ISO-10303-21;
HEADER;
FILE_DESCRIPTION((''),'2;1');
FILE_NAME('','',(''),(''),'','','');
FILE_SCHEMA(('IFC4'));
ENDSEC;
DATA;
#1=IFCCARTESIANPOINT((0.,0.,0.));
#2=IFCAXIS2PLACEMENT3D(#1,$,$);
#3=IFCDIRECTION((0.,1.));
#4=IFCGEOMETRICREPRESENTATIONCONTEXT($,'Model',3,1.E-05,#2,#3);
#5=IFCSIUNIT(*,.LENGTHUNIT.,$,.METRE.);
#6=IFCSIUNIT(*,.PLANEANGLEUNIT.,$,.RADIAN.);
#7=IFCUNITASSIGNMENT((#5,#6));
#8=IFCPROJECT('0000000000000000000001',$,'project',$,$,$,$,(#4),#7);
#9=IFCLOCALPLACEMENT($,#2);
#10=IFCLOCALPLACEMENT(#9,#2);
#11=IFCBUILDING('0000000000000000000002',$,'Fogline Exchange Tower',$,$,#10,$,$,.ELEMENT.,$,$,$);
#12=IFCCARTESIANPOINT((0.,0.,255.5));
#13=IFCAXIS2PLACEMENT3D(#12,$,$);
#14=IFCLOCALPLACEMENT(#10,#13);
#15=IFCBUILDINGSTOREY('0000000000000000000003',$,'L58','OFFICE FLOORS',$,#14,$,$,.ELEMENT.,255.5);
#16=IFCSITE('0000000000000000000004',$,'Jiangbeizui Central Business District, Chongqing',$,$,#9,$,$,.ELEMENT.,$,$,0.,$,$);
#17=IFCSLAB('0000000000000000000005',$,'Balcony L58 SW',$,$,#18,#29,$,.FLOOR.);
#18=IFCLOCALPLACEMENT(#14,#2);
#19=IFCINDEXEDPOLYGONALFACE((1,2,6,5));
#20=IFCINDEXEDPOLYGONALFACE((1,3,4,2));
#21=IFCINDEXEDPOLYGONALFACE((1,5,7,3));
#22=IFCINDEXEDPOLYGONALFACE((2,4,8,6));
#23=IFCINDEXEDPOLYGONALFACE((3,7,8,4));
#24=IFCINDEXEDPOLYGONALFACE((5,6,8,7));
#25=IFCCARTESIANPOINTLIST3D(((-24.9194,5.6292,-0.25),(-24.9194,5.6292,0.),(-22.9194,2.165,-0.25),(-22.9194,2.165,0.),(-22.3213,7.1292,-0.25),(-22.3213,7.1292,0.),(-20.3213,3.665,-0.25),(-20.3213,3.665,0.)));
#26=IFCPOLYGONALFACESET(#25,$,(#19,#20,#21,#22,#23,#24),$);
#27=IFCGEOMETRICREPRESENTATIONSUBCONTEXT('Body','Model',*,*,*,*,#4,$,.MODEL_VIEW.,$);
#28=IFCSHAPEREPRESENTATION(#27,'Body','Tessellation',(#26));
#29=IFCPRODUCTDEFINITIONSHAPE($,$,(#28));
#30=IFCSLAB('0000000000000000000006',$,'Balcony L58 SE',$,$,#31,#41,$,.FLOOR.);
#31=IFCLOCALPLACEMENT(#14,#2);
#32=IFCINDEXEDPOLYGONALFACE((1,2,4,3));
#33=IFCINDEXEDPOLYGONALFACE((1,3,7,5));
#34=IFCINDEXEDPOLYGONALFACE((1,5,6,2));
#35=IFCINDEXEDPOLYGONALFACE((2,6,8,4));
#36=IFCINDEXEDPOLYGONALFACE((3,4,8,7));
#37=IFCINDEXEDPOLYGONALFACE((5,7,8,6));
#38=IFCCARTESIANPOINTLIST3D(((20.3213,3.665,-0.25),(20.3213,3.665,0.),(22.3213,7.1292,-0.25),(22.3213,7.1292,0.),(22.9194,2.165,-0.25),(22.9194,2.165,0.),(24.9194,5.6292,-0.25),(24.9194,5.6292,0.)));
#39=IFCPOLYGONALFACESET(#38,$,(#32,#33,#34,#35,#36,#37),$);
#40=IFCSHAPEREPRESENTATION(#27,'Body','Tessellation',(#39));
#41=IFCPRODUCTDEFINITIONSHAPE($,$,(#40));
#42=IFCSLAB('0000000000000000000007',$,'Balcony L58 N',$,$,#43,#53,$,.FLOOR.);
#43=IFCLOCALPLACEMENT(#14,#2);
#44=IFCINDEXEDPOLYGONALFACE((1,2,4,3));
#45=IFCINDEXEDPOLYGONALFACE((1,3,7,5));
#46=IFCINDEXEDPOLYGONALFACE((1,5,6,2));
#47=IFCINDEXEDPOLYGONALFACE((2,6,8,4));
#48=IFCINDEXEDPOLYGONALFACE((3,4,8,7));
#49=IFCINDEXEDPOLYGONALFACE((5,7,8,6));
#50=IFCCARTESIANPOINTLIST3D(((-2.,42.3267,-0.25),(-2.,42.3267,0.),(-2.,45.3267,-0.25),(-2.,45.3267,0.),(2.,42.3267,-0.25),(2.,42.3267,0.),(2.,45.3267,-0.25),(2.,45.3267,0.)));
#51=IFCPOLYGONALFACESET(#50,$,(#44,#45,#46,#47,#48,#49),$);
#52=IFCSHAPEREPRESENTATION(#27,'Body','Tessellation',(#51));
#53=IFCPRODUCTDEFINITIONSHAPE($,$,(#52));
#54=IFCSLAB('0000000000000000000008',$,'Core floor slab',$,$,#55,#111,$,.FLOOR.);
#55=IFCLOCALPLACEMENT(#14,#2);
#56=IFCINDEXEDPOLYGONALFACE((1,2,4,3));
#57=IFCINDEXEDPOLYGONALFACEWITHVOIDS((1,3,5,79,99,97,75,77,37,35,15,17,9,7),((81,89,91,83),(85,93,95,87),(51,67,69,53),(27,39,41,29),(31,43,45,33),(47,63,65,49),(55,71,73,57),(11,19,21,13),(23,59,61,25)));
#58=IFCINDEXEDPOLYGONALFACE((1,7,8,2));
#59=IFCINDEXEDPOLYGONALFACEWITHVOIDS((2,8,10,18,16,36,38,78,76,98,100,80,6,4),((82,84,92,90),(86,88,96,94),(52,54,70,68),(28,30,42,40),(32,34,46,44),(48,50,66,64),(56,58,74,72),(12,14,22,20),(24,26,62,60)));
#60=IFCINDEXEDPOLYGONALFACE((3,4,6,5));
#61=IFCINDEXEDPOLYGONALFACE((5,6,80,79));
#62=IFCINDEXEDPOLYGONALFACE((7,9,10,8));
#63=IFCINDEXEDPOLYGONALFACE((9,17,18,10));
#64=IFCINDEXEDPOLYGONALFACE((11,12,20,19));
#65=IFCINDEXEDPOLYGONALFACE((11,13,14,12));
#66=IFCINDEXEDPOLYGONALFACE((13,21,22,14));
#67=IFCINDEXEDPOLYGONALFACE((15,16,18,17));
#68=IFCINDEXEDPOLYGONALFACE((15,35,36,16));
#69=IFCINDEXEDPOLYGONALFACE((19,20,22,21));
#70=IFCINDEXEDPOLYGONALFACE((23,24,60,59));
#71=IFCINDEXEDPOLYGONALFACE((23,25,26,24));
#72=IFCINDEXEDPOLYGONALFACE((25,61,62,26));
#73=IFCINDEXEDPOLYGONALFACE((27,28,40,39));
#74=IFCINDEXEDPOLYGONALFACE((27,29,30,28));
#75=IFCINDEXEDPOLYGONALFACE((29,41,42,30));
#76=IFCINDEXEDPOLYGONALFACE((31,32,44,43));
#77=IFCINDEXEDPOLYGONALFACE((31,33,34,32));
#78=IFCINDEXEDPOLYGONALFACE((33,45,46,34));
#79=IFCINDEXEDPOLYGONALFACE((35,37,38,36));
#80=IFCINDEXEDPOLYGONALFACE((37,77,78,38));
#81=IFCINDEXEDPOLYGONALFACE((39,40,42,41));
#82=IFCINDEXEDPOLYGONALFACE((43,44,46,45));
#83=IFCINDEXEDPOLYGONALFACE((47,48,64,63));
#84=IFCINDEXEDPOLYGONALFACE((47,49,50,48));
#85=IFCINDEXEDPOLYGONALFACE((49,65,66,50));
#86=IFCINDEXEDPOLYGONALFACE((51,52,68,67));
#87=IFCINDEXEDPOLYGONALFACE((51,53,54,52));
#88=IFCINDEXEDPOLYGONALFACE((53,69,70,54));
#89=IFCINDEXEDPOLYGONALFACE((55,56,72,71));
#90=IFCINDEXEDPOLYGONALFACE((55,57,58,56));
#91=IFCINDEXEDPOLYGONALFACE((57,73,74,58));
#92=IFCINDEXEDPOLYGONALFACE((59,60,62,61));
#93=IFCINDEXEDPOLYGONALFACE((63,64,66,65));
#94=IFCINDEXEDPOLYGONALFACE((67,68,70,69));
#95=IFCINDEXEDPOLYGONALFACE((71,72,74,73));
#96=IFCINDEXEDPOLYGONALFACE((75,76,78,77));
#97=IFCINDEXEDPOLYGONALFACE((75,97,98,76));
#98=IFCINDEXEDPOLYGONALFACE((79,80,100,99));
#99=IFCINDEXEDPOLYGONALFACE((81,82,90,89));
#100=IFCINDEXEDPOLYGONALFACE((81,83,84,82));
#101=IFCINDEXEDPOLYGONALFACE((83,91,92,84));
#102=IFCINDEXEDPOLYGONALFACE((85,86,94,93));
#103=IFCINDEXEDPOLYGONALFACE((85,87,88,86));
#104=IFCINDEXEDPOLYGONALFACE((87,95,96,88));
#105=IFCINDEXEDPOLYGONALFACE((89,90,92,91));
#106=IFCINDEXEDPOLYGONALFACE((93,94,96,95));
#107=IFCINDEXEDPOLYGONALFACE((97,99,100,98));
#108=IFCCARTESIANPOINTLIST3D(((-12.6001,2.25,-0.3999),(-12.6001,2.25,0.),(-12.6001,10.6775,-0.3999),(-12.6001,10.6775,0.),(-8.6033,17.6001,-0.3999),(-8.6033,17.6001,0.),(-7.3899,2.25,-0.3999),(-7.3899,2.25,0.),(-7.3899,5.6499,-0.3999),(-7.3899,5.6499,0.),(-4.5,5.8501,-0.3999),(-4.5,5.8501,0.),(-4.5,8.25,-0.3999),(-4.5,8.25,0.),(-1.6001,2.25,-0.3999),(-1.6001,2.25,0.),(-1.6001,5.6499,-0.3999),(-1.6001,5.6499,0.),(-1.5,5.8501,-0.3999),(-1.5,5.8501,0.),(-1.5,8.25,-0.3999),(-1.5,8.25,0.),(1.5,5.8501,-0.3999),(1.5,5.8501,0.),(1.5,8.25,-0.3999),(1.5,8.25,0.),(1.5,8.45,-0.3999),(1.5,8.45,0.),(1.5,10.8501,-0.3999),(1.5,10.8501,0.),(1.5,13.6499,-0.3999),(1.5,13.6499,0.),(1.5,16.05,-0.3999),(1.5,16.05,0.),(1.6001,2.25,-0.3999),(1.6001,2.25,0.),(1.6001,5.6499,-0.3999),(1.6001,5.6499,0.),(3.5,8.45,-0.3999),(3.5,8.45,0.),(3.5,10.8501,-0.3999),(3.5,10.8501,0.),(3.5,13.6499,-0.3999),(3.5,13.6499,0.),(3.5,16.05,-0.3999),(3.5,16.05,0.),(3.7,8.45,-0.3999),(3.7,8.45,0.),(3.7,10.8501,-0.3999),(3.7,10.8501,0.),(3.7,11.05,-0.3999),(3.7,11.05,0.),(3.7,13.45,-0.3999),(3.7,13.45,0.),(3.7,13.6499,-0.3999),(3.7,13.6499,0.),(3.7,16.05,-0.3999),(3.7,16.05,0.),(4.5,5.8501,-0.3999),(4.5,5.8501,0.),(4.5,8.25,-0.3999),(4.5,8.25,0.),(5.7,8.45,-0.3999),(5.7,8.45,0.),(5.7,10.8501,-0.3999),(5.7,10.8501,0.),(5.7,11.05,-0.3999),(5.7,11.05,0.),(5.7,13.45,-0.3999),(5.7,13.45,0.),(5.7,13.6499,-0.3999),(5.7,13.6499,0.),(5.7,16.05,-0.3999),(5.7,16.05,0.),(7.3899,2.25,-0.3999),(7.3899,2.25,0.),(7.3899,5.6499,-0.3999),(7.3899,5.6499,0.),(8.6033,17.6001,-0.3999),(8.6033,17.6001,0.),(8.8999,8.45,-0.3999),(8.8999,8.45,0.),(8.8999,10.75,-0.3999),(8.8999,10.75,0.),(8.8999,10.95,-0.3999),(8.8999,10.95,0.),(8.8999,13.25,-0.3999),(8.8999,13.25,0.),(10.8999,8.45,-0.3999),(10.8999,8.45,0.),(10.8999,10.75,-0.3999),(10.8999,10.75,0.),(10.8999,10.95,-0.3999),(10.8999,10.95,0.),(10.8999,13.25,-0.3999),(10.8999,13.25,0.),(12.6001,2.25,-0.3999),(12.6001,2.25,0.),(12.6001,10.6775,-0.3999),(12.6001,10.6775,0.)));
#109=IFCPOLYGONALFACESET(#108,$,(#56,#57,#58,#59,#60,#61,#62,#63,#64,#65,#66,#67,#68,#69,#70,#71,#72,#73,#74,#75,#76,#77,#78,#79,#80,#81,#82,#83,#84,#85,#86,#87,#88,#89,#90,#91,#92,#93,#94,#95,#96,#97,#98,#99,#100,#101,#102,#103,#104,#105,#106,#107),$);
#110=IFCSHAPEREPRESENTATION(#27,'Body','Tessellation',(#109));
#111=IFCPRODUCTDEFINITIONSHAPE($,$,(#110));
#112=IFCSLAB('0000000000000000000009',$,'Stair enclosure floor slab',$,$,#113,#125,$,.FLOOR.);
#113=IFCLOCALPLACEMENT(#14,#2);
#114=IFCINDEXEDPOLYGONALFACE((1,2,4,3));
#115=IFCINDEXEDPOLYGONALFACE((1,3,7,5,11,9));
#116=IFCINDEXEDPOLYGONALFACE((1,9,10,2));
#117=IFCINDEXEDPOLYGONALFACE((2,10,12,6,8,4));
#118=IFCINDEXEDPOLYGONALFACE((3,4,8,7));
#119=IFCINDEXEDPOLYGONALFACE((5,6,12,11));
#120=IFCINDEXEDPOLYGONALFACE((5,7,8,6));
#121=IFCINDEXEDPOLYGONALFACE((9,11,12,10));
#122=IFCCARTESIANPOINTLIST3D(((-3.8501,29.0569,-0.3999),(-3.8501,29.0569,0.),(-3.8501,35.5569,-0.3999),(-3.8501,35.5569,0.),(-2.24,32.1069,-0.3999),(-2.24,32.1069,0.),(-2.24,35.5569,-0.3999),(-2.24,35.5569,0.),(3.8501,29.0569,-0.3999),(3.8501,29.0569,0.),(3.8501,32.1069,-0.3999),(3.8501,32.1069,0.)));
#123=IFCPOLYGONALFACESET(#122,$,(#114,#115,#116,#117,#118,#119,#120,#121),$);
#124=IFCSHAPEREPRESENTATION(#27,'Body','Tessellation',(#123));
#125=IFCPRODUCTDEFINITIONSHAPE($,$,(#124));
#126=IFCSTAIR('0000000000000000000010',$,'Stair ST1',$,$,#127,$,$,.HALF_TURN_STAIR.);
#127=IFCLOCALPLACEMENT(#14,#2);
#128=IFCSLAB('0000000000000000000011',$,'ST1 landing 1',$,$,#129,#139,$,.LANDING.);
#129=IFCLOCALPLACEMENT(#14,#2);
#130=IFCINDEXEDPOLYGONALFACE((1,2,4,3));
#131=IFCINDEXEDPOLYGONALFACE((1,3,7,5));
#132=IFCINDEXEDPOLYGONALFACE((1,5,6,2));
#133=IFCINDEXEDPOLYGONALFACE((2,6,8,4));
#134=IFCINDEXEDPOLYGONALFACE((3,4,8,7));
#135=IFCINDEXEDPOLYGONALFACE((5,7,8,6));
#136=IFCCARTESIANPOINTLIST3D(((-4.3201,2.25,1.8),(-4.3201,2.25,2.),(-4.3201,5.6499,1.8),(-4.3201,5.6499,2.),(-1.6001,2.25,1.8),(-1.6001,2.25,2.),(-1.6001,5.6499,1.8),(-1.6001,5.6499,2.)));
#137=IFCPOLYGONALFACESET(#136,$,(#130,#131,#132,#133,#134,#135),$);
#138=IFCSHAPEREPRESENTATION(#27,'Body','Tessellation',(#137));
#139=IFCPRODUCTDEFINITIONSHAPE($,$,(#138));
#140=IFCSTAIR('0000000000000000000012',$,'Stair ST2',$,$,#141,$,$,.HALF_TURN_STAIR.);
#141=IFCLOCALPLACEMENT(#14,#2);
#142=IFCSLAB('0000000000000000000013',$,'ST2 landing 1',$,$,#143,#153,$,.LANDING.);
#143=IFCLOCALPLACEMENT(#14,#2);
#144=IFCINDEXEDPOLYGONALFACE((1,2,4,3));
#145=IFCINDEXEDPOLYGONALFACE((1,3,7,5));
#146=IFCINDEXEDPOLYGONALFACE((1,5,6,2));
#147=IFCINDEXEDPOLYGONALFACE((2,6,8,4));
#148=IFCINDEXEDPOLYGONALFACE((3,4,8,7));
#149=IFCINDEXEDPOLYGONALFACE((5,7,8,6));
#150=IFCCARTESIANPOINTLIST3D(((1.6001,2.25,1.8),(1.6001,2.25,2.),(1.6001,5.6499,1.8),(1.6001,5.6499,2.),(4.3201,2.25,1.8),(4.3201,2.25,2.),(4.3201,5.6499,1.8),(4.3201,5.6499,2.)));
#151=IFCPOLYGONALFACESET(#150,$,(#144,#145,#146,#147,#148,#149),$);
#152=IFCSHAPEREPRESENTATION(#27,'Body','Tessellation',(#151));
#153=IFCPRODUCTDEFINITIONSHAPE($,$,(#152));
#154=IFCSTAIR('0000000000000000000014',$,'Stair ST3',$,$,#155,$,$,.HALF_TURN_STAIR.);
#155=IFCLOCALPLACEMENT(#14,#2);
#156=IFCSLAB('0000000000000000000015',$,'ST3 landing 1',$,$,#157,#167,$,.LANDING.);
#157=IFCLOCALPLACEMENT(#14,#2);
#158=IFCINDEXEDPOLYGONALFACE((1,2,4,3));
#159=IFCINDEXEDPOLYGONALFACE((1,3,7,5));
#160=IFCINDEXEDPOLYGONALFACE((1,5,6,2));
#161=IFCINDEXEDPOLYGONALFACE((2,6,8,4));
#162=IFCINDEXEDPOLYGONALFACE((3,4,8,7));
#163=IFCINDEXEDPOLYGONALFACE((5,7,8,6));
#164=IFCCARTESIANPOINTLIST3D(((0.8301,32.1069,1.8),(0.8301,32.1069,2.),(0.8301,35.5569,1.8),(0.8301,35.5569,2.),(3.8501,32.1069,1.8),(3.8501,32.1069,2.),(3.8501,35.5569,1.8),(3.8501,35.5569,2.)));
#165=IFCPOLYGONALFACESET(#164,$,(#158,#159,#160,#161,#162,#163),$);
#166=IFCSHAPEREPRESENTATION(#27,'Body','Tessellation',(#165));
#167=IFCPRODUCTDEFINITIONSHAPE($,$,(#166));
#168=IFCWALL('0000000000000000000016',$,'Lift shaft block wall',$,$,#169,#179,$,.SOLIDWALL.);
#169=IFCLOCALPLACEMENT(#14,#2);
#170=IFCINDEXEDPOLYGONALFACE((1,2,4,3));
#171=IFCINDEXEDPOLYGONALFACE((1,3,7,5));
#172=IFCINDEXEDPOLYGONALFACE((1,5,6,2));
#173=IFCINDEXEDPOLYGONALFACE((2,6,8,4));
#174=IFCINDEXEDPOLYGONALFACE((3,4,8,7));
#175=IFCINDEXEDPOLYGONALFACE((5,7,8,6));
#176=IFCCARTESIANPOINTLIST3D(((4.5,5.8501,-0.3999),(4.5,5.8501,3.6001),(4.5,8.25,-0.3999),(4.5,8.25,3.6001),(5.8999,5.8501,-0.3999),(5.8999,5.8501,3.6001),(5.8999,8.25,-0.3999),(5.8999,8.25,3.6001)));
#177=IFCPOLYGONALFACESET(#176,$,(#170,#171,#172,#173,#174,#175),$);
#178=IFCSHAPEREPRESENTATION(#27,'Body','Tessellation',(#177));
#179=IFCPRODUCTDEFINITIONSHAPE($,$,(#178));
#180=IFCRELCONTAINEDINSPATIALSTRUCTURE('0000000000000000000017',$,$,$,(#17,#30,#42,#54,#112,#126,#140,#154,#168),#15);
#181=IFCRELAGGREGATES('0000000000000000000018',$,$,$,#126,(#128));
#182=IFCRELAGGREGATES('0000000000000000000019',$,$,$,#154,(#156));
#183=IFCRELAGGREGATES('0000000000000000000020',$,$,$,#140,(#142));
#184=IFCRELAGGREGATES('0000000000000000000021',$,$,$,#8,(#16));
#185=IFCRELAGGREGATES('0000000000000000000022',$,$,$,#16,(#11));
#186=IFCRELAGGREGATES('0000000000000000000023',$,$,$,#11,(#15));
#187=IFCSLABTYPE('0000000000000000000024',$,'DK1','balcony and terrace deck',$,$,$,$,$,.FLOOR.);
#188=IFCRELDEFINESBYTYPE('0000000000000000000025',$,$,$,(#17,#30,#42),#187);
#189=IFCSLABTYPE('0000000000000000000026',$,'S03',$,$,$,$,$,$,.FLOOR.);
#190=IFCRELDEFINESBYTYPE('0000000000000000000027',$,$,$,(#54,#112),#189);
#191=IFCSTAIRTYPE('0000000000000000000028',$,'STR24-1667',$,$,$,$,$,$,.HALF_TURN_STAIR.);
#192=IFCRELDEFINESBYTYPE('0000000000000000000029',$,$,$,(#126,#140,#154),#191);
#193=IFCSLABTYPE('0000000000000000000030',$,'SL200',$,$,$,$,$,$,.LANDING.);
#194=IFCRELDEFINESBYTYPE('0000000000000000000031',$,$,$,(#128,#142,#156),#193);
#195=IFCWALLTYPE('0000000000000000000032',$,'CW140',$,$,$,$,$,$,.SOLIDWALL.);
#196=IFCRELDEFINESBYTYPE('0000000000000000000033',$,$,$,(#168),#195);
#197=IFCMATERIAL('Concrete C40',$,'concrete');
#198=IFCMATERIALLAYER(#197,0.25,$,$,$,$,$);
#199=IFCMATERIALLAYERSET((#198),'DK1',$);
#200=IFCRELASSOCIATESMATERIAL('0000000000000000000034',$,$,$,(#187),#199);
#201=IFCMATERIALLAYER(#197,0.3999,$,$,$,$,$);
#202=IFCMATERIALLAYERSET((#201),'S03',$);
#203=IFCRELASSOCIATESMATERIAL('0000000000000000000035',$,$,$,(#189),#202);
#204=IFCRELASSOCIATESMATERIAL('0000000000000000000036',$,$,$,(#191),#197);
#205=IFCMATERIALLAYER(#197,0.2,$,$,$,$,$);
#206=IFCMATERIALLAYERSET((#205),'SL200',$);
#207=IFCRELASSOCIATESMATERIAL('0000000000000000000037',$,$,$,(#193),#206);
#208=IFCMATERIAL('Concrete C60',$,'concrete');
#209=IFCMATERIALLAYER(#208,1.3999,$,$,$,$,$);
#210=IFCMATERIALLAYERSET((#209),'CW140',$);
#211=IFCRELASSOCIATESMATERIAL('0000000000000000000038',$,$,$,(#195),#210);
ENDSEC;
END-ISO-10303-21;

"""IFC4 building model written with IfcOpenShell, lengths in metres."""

from ifc_helpers import new_model, si_unit, direction, frame, frame_2d, origin, place, context, subcontext, project, spatial, polyline, rectangle, outline, extrude, material, layer, layer_set, type_object, element, aggregate, save


model = new_model("IFC4")

# Units and contexts
model_context = context("Model", 3, precision=1e-05, world=origin(), true_north=direction((0.0, 1.0)))
body_context = subcontext(model_context, "Body", "Model", "MODEL_VIEW")
ifc_project = project(units=[si_unit("LENGTHUNIT", "METRE"), si_unit("PLANEANGLEUNIT", "RADIAN")], contexts=[model_context])

# Site, building, storey
site_placement = place(None, origin())
site = spatial("IfcSite", under=ifc_project, at=site_placement, Name="Jiangbeizui Central Business District, Chongqing", CompositionType="ELEMENT", RefElevation=0.0)
building_placement = place(site_placement, origin())
building = spatial("IfcBuilding", under=site, at=building_placement, Name="Fogline Exchange Tower", CompositionType="ELEMENT")
storey_placement = place(building_placement, frame((0.0, 0.0, 255.5)))
storey = spatial("IfcBuildingStorey", under=building, at=storey_placement, Name="L58", Description="OFFICE FLOORS", CompositionType="ELEMENT", Elevation=255.5)

# Slabs
ifc_material_1 = material(Name="Concrete C40", Category="concrete")
ifc_layer_1 = layer(ifc_material_1, 0.25)
ifc_layer_set_1 = layer_set([ifc_layer_1], Name="DK1")
slab_type_1 = type_object("IfcSlabType", Name="DK1", Description="balcony and terrace deck", PredefinedType="FLOOR", material=ifc_layer_set_1)
slab_1_placement = place(storey_placement, frame((0.0, 0.0, -0.25)))
element("IfcSlab", 1, at=slab_1_placement, inside=storey, type_object=slab_type_1, Name="Balcony L58 SW", PredefinedType="FLOOR", context=body_context, shape_type="SweptSolid", body=[
    extrude(outline(polyline([(-24.9194, 5.6292), (-22.9194, 2.165), (-20.3213, 3.665), (-22.3213, 7.1292), (-24.9194, 5.6292)])), origin(), (0.0, 0.0, 1.0), 0.25),
])
slab_2_placement = place(storey_placement, frame((0.0, 0.0, -0.25)))
element("IfcSlab", 2, at=slab_2_placement, inside=storey, type_object=slab_type_1, Name="Balcony L58 SE", PredefinedType="FLOOR", context=body_context, shape_type="SweptSolid", body=[
    extrude(outline(polyline([(22.9194, 2.165), (24.9194, 5.6292), (22.3213, 7.1292), (20.3213, 3.665), (22.9194, 2.165)])), origin(), (0.0, 0.0, 1.0), 0.25),
])
slab_3_placement = place(storey_placement, frame((0.0, 0.0, -0.25)))
element("IfcSlab", 3, at=slab_3_placement, inside=storey, type_object=slab_type_1, Name="Balcony L58 N", PredefinedType="FLOOR", context=body_context, shape_type="SweptSolid", body=[
    extrude(outline(polyline([(2.0, 45.3267), (-2.0, 45.3267), (-2.0, 42.3267), (2.0, 42.3267), (2.0, 45.3267)])), origin(), (0.0, 0.0, 1.0), 0.25),
])
ifc_layer_2 = layer(ifc_material_1, 0.3999)
ifc_layer_set_2 = layer_set([ifc_layer_2], Name="S03")
slab_type_2 = type_object("IfcSlabType", Name="S03", PredefinedType="FLOOR", material=ifc_layer_set_2)
slab_4_placement = place(storey_placement, frame((0.0, 0.0, -0.3999)))
element("IfcSlab", 4, at=slab_4_placement, inside=storey, type_object=slab_type_2, Name="Core floor slab", PredefinedType="FLOOR", context=body_context, shape_type="SweptSolid", body=[
    extrude(outline(polyline([(-12.6001, 2.25), (-12.6001, 10.6775), (-8.6033, 17.6001), (8.6033, 17.6001), (12.6001, 10.6775), (12.6001, 2.25), (7.3899, 2.25), (7.3899, 5.6499), (1.6001, 5.6499), (1.6001, 2.25), (-1.6001, 2.25), (-1.6001, 5.6499), (-7.3899, 5.6499), (-7.3899, 2.25), (-12.6001, 2.25)]), holes=[polyline([(-4.5, 8.25), (-4.5, 5.8501), (-1.5, 5.8501), (-1.5, 8.25), (-4.5, 8.25)]), polyline([(4.5, 8.25), (1.5, 8.25), (1.5, 5.8501), (4.5, 5.8501), (4.5, 8.25)]), polyline([(3.5, 10.8501), (1.5, 10.8501), (1.5, 8.45), (3.5, 8.45), (3.5, 10.8501)]), polyline([(1.5, 16.05), (1.5, 13.6499), (3.5, 13.6499), (3.5, 16.05), (1.5, 16.05)]), polyline([(10.8999, 10.75), (8.8999, 10.75), (8.8999, 8.45), (10.8999, 8.45), (10.8999, 10.75)]), polyline([(5.7, 10.8501), (3.7, 10.8501), (3.7, 8.45), (5.7, 8.45), (5.7, 10.8501)]), polyline([(8.8999, 13.25), (8.8999, 10.95), (10.8999, 10.95), (10.8999, 13.25), (8.8999, 13.25)]), polyline([(5.7, 13.45), (3.7, 13.45), (3.7, 11.05), (5.7, 11.05), (5.7, 13.45)]), polyline([(5.7, 16.05), (3.7, 16.05), (3.7, 13.6499), (5.7, 13.6499), (5.7, 16.05)])]), origin(), (0.0, 0.0, 1.0), 0.3999),
])
slab_5_placement = place(storey_placement, frame((0.0, 0.0, -0.3999)))
element("IfcSlab", 5, at=slab_5_placement, inside=storey, type_object=slab_type_2, Name="Stair enclosure floor slab", PredefinedType="FLOOR", context=body_context, shape_type="SweptSolid", body=[
    extrude(outline(polyline([(3.8501, 29.0569), (-3.8501, 29.0569), (-3.8501, 35.5569), (-2.24, 35.5569), (-2.24, 32.1069), (3.8501, 32.1069), (3.8501, 29.0569)])), origin(), (0.0, 0.0, 1.0), 0.3999),
])

# Stairs, slabs
stair_type = type_object("IfcStairType", Name="STR24-1667", PredefinedType="HALF_TURN_STAIR", material=ifc_material_1)
stair_1_placement = place(storey_placement, origin())
stair_1 = element("IfcStair", 6, at=stair_1_placement, inside=storey, type_object=stair_type, Name="Stair ST1", PredefinedType="HALF_TURN_STAIR")
ifc_layer_3 = layer(ifc_material_1, 0.2)
ifc_layer_set_3 = layer_set([ifc_layer_3], Name="SL200")
slab_type_3 = type_object("IfcSlabType", Name="SL200", PredefinedType="LANDING", material=ifc_layer_set_3)
slab_6_placement = place(storey_placement, frame((0.0, 0.0, 1.8)))
slab_6 = element("IfcSlab", 7, at=slab_6_placement, type_object=slab_type_3, Name="ST1 landing 1", PredefinedType="LANDING", context=body_context, shape_type="SweptSolid", body=[
    extrude(outline(polyline([(-4.3201, 2.25), (-1.6001, 2.25), (-1.6001, 5.6499), (-4.3201, 5.6499), (-4.3201, 2.25)])), origin(), (0.0, 0.0, 1.0), 0.2),
])
aggregate(stair_1, [slab_6])
stair_2_placement = place(storey_placement, origin())
stair_2 = element("IfcStair", 8, at=stair_2_placement, inside=storey, type_object=stair_type, Name="Stair ST2", PredefinedType="HALF_TURN_STAIR")
slab_7_placement = place(storey_placement, frame((0.0, 0.0, 1.8)))
slab_7 = element("IfcSlab", 9, at=slab_7_placement, type_object=slab_type_3, Name="ST2 landing 1", PredefinedType="LANDING", context=body_context, shape_type="SweptSolid", body=[
    extrude(outline(polyline([(1.6001, 2.25), (4.3201, 2.25), (4.3201, 5.6499), (1.6001, 5.6499), (1.6001, 2.25)])), origin(), (0.0, 0.0, 1.0), 0.2),
])
stair_3_placement = place(storey_placement, origin())
stair_3 = element("IfcStair", 10, at=stair_3_placement, inside=storey, type_object=stair_type, Name="Stair ST3", PredefinedType="HALF_TURN_STAIR")
slab_8_placement = place(storey_placement, frame((0.0, 0.0, 1.8)))
slab_8 = element("IfcSlab", 11, at=slab_8_placement, type_object=slab_type_3, Name="ST3 landing 1", PredefinedType="LANDING", context=body_context, shape_type="SweptSolid", body=[
    extrude(outline(polyline([(0.8301, 32.1069), (3.8501, 32.1069), (3.8501, 35.5569), (0.8301, 35.5569), (0.8301, 32.1069)])), origin(), (0.0, 0.0, 1.0), 0.2),
])
aggregate(stair_3, [slab_8])

# Wall
ifc_material_2 = material(Name="Concrete C60", Category="concrete")
ifc_layer_4 = layer(ifc_material_2, 1.3999)
ifc_layer_set_4 = layer_set([ifc_layer_4], Name="CW140")
wall_type_1 = type_object("IfcWallType", Name="CW140", PredefinedType="SOLIDWALL", material=ifc_layer_set_4)
wall_1_placement = place(storey_placement, frame((5.2, 5.8501, -0.3999), z_axis=(0.0, 0.0, 1.0), x_axis=(0.0, 1.0, 0.0)))
element("IfcWall", 12, at=wall_1_placement, inside=storey, type_object=wall_type_1, Name="Lift shaft block wall", PredefinedType="SOLIDWALL", context=body_context, shape_type="SweptSolid", body=[
    extrude(rectangle(XDim=2.3999, YDim=1.3999, at=frame_2d((1.2, 0.0))), origin(), (0.0, 0.0, 1.0), 4.0),
])

aggregate(stair_2, [slab_7])

save(model, "model.ifc")
